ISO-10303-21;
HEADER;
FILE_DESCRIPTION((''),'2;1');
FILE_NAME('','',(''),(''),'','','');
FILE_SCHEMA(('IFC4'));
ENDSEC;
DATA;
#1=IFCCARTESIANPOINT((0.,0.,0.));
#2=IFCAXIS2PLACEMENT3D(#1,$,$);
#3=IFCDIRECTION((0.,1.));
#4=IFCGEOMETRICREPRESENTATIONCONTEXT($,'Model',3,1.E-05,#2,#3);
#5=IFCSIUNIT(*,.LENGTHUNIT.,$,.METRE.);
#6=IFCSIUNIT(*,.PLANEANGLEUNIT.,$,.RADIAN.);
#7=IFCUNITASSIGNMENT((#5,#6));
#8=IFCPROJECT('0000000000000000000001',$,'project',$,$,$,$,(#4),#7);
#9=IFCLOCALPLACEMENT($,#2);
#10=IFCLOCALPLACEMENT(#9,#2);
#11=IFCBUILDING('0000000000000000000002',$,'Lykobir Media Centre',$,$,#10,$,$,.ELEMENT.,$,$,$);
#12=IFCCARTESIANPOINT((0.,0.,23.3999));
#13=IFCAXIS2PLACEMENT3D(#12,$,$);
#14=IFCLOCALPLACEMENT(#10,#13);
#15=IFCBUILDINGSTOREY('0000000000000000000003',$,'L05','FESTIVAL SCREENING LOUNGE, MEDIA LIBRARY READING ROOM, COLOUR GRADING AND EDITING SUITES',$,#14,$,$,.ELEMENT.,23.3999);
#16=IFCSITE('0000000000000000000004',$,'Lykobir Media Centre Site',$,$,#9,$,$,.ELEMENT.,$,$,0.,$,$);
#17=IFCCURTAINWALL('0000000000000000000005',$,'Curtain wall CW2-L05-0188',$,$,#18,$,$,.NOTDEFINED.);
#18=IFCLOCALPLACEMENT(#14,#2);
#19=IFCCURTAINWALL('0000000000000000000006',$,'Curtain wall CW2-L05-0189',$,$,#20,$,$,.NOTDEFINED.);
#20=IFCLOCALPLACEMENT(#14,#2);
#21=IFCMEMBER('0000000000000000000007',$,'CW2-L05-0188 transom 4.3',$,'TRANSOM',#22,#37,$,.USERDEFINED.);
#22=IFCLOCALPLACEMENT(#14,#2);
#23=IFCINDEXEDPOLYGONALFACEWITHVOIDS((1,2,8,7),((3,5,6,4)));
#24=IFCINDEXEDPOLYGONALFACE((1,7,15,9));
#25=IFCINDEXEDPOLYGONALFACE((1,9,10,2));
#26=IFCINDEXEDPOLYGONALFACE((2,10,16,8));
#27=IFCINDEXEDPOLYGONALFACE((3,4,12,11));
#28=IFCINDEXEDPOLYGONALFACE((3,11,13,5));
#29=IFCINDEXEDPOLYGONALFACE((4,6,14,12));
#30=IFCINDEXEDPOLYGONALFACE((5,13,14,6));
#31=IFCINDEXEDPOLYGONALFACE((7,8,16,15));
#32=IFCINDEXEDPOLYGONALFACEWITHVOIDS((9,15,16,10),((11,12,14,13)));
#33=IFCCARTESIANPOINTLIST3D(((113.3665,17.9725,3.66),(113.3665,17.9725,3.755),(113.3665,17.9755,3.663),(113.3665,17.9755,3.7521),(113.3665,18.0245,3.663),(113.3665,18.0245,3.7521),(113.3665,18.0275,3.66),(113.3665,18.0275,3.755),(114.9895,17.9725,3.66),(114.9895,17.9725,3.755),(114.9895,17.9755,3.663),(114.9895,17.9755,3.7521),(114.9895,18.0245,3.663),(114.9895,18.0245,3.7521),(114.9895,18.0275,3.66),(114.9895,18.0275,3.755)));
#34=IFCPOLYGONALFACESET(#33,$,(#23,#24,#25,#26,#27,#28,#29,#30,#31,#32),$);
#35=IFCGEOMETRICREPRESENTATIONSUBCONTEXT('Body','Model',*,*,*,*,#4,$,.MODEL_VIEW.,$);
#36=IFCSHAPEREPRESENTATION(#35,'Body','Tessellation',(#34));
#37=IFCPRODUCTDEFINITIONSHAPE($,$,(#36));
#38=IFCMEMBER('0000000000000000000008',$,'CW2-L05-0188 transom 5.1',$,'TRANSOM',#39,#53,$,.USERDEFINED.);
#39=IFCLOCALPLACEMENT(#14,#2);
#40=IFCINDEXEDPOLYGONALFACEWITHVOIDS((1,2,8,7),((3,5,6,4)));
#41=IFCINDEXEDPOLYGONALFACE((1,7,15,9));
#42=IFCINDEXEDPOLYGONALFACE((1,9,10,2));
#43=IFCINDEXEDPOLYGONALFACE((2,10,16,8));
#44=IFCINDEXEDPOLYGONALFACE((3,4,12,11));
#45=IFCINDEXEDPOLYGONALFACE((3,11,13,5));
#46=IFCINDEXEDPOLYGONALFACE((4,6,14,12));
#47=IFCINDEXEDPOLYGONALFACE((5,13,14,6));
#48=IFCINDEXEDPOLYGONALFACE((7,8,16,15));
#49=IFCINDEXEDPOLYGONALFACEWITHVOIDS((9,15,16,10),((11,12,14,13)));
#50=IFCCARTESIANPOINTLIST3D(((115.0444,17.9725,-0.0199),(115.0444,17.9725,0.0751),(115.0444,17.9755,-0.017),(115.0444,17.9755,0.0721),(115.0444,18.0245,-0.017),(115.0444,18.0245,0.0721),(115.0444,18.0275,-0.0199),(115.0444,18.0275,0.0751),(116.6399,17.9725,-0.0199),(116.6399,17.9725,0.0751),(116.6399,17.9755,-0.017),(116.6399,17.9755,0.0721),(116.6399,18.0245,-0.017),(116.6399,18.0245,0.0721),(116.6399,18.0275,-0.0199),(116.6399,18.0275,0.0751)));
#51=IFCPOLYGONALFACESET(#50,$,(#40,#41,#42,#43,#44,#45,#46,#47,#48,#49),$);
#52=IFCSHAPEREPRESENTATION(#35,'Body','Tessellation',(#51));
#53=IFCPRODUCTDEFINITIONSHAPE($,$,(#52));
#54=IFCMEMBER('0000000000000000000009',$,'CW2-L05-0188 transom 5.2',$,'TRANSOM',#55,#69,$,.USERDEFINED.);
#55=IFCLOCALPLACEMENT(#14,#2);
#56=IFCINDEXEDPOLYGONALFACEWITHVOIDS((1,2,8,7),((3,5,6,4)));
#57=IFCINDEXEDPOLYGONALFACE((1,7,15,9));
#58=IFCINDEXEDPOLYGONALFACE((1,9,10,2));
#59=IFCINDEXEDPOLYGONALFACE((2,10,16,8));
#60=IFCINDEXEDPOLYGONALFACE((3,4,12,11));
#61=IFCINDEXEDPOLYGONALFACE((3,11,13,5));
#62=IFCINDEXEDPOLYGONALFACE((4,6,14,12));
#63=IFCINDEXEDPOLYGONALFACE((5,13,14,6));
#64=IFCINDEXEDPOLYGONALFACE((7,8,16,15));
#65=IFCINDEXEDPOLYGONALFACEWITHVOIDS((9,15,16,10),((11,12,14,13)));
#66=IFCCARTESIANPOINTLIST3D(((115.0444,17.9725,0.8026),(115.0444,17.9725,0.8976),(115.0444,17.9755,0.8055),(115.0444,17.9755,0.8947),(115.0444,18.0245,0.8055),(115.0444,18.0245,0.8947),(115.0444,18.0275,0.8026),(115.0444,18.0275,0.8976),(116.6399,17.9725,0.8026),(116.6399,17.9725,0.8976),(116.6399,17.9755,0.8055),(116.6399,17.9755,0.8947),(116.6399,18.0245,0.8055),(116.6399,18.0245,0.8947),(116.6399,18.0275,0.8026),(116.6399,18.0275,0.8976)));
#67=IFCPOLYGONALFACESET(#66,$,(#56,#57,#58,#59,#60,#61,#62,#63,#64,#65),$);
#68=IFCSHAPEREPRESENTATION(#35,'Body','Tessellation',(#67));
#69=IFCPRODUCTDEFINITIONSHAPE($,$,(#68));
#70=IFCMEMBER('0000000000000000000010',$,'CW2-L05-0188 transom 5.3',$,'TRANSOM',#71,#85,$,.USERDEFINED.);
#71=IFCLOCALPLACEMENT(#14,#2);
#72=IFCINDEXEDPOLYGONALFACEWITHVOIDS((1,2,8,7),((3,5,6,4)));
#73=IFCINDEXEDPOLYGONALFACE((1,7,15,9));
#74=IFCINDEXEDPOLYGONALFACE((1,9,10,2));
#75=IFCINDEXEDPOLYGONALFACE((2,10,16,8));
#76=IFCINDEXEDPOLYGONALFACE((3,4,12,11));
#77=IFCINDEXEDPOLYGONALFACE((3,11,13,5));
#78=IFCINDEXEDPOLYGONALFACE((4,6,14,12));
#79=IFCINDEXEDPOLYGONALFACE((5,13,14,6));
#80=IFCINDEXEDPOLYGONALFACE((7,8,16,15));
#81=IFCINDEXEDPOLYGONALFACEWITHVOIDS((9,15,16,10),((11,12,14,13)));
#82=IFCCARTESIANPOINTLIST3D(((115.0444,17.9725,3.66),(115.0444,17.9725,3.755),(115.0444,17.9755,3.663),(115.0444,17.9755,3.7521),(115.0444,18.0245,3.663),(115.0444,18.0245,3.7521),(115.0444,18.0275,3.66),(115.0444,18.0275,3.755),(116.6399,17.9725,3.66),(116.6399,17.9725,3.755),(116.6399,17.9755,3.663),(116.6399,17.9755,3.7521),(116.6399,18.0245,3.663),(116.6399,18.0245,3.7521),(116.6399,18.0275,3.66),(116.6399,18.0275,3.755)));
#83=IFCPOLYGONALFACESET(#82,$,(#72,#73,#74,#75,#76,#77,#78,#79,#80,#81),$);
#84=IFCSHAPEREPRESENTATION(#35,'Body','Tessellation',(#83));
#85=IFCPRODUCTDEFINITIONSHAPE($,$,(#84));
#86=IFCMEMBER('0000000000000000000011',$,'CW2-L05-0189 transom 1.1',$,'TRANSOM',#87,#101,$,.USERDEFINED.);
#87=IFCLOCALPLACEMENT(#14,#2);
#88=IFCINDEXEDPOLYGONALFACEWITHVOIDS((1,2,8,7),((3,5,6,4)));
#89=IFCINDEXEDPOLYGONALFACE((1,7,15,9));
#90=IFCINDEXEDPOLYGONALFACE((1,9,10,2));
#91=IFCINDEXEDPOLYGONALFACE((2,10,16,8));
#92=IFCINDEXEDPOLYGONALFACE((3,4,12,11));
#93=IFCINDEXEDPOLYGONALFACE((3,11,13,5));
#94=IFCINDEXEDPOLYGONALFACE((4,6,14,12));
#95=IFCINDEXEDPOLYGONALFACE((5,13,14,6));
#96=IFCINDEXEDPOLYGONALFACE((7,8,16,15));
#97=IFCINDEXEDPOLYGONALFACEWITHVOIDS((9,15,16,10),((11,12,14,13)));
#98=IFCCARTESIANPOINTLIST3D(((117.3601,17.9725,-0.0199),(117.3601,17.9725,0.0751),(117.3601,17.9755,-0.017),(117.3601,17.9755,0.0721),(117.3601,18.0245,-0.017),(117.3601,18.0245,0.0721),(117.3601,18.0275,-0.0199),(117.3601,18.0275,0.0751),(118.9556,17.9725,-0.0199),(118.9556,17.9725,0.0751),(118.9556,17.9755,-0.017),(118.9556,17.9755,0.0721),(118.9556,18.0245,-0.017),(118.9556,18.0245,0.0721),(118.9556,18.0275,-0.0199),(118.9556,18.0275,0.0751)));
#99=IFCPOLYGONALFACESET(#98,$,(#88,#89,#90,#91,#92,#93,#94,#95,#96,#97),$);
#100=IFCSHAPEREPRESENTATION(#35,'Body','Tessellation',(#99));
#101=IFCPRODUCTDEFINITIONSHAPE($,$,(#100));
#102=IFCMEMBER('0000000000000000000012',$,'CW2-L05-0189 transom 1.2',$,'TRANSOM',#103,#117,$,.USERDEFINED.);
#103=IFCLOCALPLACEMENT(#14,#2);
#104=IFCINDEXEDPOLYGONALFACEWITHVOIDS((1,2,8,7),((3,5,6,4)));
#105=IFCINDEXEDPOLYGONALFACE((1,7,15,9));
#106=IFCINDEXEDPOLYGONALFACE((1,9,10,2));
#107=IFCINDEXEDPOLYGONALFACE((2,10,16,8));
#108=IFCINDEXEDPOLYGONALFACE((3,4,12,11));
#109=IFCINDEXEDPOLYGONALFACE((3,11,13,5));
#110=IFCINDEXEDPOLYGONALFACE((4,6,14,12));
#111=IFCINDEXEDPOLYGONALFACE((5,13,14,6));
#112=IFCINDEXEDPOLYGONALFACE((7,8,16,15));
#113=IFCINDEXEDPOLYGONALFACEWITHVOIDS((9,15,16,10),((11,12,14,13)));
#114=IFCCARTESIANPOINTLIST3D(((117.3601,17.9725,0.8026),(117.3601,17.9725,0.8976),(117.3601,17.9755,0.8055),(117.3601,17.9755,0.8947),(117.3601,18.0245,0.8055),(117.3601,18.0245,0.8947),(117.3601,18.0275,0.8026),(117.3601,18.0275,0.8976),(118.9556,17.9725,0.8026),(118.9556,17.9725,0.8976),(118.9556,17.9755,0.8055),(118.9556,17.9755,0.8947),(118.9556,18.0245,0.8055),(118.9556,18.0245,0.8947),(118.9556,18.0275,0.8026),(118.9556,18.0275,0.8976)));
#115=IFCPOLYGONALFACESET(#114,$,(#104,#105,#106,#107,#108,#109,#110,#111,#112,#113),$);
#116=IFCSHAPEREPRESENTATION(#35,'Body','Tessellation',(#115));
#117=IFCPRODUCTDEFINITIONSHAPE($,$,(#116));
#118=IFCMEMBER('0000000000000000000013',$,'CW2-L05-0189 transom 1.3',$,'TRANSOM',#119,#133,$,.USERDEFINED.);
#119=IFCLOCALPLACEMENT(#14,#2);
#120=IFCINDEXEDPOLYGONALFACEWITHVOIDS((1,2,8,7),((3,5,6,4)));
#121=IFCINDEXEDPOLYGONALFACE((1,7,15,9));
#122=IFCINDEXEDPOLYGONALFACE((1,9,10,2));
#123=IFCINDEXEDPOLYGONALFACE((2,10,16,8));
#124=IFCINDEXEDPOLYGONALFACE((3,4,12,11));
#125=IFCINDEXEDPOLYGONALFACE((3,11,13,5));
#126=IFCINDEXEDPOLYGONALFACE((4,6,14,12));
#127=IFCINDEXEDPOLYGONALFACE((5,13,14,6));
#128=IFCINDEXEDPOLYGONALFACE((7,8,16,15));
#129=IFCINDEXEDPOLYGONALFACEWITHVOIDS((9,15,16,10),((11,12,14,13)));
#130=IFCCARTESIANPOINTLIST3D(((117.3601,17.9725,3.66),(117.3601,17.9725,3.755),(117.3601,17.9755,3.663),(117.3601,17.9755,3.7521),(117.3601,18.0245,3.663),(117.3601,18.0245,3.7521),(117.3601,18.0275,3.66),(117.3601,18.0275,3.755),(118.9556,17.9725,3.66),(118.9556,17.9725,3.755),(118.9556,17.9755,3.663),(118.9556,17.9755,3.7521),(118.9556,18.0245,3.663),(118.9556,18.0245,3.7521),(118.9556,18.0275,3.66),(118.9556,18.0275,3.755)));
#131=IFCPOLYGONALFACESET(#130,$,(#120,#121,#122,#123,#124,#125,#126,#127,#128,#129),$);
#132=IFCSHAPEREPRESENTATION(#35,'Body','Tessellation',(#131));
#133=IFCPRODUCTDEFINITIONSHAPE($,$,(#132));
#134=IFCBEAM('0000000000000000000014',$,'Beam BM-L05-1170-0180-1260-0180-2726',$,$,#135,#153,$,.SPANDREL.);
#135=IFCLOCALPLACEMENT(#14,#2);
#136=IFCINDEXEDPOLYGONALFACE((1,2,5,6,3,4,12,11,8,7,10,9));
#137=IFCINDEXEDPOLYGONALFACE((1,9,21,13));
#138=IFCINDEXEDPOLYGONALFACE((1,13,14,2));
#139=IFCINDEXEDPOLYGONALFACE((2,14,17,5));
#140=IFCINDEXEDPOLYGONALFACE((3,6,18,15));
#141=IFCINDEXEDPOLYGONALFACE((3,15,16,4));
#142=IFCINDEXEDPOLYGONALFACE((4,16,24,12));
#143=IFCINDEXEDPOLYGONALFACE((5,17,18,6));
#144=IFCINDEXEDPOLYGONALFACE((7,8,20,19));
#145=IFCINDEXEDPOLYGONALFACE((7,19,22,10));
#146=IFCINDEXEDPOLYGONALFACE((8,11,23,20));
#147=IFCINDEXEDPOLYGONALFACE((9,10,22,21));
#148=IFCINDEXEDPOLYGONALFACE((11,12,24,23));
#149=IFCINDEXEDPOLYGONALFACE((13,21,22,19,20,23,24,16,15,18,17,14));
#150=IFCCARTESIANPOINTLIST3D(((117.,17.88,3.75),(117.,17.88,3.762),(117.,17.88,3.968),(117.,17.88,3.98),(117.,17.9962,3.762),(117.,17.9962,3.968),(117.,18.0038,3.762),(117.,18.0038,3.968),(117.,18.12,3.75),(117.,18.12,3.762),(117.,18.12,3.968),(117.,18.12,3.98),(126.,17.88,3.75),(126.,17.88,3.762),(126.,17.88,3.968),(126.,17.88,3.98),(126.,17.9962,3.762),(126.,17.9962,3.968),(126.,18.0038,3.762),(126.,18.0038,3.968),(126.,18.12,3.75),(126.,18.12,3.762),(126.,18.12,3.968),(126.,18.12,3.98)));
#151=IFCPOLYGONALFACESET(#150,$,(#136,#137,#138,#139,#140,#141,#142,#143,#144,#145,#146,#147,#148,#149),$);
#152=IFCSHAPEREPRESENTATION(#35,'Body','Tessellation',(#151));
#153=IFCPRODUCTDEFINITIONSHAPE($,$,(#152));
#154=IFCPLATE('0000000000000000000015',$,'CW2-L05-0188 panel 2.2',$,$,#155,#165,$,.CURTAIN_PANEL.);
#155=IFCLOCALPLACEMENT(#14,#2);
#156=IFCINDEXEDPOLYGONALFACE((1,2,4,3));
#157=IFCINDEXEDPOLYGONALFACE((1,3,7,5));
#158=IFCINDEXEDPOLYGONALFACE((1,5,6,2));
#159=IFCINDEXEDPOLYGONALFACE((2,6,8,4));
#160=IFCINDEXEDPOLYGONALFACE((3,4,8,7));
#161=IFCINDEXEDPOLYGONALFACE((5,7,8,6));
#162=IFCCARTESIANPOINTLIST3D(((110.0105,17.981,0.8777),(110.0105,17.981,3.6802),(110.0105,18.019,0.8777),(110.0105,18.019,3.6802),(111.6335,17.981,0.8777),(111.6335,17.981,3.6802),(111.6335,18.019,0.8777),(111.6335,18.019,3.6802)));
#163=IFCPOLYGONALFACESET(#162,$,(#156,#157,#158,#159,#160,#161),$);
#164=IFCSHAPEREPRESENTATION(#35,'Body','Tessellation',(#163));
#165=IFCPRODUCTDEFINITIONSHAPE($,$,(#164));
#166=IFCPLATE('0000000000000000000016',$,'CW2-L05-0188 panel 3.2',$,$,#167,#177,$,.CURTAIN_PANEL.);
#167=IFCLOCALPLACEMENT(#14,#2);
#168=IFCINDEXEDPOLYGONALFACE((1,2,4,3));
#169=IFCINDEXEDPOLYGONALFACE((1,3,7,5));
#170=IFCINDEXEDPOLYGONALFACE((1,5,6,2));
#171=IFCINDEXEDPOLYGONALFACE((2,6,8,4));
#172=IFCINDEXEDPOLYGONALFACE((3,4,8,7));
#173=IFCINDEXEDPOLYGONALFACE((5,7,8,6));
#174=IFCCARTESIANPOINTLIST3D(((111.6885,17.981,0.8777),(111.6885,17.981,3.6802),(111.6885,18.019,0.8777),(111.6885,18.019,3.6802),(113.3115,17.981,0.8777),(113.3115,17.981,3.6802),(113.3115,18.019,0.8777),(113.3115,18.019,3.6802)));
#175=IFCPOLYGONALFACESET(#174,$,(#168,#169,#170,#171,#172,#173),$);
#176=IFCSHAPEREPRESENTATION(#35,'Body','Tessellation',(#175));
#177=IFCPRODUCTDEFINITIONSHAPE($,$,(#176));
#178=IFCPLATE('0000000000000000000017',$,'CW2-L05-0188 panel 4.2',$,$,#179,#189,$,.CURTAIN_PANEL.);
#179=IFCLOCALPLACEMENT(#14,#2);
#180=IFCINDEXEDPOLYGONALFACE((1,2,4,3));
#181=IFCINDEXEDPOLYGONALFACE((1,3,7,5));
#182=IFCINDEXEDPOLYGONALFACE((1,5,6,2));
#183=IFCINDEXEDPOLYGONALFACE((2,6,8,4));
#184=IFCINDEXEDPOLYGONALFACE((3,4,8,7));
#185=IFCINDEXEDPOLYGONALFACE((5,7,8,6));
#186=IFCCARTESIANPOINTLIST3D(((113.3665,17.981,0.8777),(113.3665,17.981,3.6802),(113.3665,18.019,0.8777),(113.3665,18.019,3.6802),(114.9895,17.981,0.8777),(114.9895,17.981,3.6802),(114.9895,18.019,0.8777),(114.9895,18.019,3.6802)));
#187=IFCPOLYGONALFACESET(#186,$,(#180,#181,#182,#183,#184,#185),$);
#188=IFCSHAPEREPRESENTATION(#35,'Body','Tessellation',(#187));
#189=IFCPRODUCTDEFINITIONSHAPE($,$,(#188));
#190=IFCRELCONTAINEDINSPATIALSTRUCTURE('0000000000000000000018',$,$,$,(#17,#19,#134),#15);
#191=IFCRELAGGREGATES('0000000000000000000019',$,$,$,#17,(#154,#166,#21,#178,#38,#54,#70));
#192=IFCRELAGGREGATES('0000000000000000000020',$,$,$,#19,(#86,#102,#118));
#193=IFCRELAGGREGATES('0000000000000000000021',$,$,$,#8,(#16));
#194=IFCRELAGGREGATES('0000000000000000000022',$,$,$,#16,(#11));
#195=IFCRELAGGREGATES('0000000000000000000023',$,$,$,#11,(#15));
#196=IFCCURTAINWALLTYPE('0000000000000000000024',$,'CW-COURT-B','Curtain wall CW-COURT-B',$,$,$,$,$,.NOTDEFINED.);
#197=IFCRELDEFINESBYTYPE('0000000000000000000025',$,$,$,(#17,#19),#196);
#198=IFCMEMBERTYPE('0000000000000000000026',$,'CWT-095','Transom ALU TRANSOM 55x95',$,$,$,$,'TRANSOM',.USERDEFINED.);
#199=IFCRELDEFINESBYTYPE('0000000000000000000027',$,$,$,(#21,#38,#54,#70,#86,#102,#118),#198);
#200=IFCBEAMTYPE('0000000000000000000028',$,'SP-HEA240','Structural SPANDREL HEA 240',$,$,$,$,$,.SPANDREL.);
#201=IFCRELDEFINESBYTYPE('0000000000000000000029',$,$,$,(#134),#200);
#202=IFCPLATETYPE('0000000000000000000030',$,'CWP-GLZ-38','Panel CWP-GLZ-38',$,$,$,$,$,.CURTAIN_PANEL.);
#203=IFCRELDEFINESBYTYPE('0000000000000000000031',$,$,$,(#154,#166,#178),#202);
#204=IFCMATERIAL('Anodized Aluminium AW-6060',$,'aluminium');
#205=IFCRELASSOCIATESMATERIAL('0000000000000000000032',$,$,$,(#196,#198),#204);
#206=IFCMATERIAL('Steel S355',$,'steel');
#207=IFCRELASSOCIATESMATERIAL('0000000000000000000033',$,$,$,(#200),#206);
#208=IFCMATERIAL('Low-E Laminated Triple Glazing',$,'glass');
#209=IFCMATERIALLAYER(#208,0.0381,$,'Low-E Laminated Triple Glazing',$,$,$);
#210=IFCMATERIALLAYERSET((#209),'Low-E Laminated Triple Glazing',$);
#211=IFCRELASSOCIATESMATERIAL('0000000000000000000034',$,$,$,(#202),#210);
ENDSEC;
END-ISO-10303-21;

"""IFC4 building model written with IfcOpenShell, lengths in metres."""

from ifc_helpers import new_model, si_unit, direction, frame, origin, origin_2d, place, context, subcontext, project, spatial, rectangle, hollow_rectangle, i_section, extrude, material, layer, layer_set, material_profile, profile_set, type_object, element, aggregate, save


model = new_model("IFC4")

# Units and contexts
model_context = context("Model", 3, precision=1e-05, world=origin(), true_north=direction((0.0, 1.0)))
body_context = subcontext(model_context, "Body", "Model", "MODEL_VIEW")
ifc_project = project(units=[si_unit("LENGTHUNIT", "METRE"), si_unit("PLANEANGLEUNIT", "RADIAN")], contexts=[model_context])

# Site, building, storey
site_placement = place(None, origin())
site = spatial("IfcSite", under=ifc_project, at=site_placement, Name="Lykobir Media Centre Site", CompositionType="ELEMENT", RefElevation=0.0)
building_placement = place(site_placement, origin())
building = spatial("IfcBuilding", under=site, at=building_placement, Name="Lykobir Media Centre", CompositionType="ELEMENT")
storey_placement = place(building_placement, frame((0.0, 0.0, 23.3999)))
storey = spatial("IfcBuildingStorey", under=building, at=storey_placement, Name="L05", Description="FESTIVAL SCREENING LOUNGE, MEDIA LIBRARY READING ROOM, COLOUR GRADING AND EDITING SUITES", CompositionType="ELEMENT", Elevation=23.3999)

# Curtain wall
ifc_material_1 = material(Name="Anodized Aluminium AW-6060", Category="aluminium")
curtain_wall_type = type_object("IfcCurtainWallType", Name="CW-COURT-B", Description="Curtain wall CW-COURT-B", PredefinedType="NOTDEFINED", material=ifc_material_1)
curtain_wall_1_placement = place(storey_placement, origin())
curtain_wall_1 = element("IfcCurtainWall", 1, at=curtain_wall_1_placement, inside=storey, type_object=curtain_wall_type, Name="Curtain wall CW2-L05-0188", PredefinedType="NOTDEFINED")

# Curtain wall
curtain_wall_2_placement = place(storey_placement, origin())
curtain_wall_2 = element("IfcCurtainWall", 2, at=curtain_wall_2_placement, inside=storey, type_object=curtain_wall_type, Name="Curtain wall CW2-L05-0189", PredefinedType="NOTDEFINED")

# Members
ifc_material_profile_1 = material_profile(ifc_material_1, hollow_rectangle(XDim=0.0549, YDim=0.095, WallThickness=0.0029, at=origin_2d()), Name="ALU TRANSOM 55x95")
ifc_profile_set_1 = profile_set([ifc_material_profile_1], Name="Anodized Aluminium AW-6060")
member_type_1 = type_object("IfcMemberType", Name="CWT-095", Description="Transom ALU TRANSOM 55x95", ElementType="TRANSOM", PredefinedType="USERDEFINED", material=ifc_profile_set_1)
member_1_placement = place(storey_placement, frame((113.3665, 18.0, 3.7075), z_axis=(1.0, 0.0, 0.0), x_axis=(0.0, 1.0, 0.0)))
member_1 = element("IfcMember", 3, at=member_1_placement, type_object=member_type_1, Name="CW2-L05-0188 transom 4.3", ObjectType="TRANSOM", PredefinedType="USERDEFINED", context=body_context, shape_type="SweptSolid", body=[
    extrude(hollow_rectangle(XDim=0.0549, YDim=0.095, WallThickness=0.0029, at=origin_2d()), origin(), (0.0, 0.0, 1.0), 1.623),
])
member_2_placement = place(storey_placement, frame((115.0444, 18.0, 0.0276), z_axis=(1.0, 0.0, 0.0), x_axis=(0.0, 1.0, 0.0)))
member_2 = element("IfcMember", 4, at=member_2_placement, type_object=member_type_1, Name="CW2-L05-0188 transom 5.1", ObjectType="TRANSOM", PredefinedType="USERDEFINED", context=body_context, shape_type="SweptSolid", body=[
    extrude(hollow_rectangle(XDim=0.0549, YDim=0.095, WallThickness=0.0029, at=origin_2d()), origin(), (0.0, 0.0, 1.0), 1.5955),
])
member_3_placement = place(storey_placement, frame((115.0444, 18.0, 0.8501), z_axis=(1.0, 0.0, 0.0), x_axis=(0.0, 1.0, 0.0)))
member_3 = element("IfcMember", 5, at=member_3_placement, type_object=member_type_1, Name="CW2-L05-0188 transom 5.2", ObjectType="TRANSOM", PredefinedType="USERDEFINED", context=body_context, shape_type="SweptSolid", body=[
    extrude(hollow_rectangle(XDim=0.0549, YDim=0.095, WallThickness=0.0029, at=origin_2d()), origin(), (0.0, 0.0, 1.0), 1.5955),
])
member_4_placement = place(storey_placement, frame((115.0444, 18.0, 3.7075), z_axis=(1.0, 0.0, 0.0), x_axis=(0.0, 1.0, 0.0)))
member_4 = element("IfcMember", 6, at=member_4_placement, type_object=member_type_1, Name="CW2-L05-0188 transom 5.3", ObjectType="TRANSOM", PredefinedType="USERDEFINED", context=body_context, shape_type="SweptSolid", body=[
    extrude(hollow_rectangle(XDim=0.0549, YDim=0.095, WallThickness=0.0029, at=origin_2d()), origin(), (0.0, 0.0, 1.0), 1.5955),
])
member_5_placement = place(storey_placement, frame((117.3601, 18.0, 0.0276), z_axis=(1.0, 0.0, 0.0), x_axis=(0.0, 1.0, 0.0)))
member_5 = element("IfcMember", 7, at=member_5_placement, type_object=member_type_1, Name="CW2-L05-0189 transom 1.1", ObjectType="TRANSOM", PredefinedType="USERDEFINED", context=body_context, shape_type="SweptSolid", body=[
    extrude(hollow_rectangle(XDim=0.0549, YDim=0.095, WallThickness=0.0029, at=origin_2d()), origin(), (0.0, 0.0, 1.0), 1.5955),
])
member_6_placement = place(storey_placement, frame((117.3601, 18.0, 0.8501), z_axis=(1.0, 0.0, 0.0), x_axis=(0.0, 1.0, 0.0)))
member_6 = element("IfcMember", 8, at=member_6_placement, type_object=member_type_1, Name="CW2-L05-0189 transom 1.2", ObjectType="TRANSOM", PredefinedType="USERDEFINED", context=body_context, shape_type="SweptSolid", body=[
    extrude(hollow_rectangle(XDim=0.0549, YDim=0.095, WallThickness=0.0029, at=origin_2d()), origin(), (0.0, 0.0, 1.0), 1.5955),
])
member_7_placement = place(storey_placement, frame((117.3601, 18.0, 3.7075), z_axis=(1.0, 0.0, 0.0), x_axis=(0.0, 1.0, 0.0)))
member_7 = element("IfcMember", 9, at=member_7_placement, type_object=member_type_1, Name="CW2-L05-0189 transom 1.3", ObjectType="TRANSOM", PredefinedType="USERDEFINED", context=body_context, shape_type="SweptSolid", body=[
    extrude(hollow_rectangle(XDim=0.0549, YDim=0.095, WallThickness=0.0029, at=origin_2d()), origin(), (0.0, 0.0, 1.0), 1.5955),
])

# Beam
ifc_material_2 = material(Name="Steel S355", Category="steel")
ifc_material_profile_2 = material_profile(ifc_material_2, i_section(OverallWidth=0.24, OverallDepth=0.23, WebThickness=0.0076, FlangeThickness=0.012, at=origin_2d()), Name="HEA 240")
ifc_profile_set_2 = profile_set([ifc_material_profile_2], Name="Steel S355")
beam_type = type_object("IfcBeamType", Name="SP-HEA240", Description="Structural SPANDREL HEA 240", PredefinedType="SPANDREL", material=ifc_profile_set_2)
beam_placement = place(storey_placement, frame((117.0, 18.0, 3.865), z_axis=(1.0, 0.0, 0.0), x_axis=(0.0, 1.0, 0.0)))
element("IfcBeam", 10, at=beam_placement, inside=storey, type_object=beam_type, Name="Beam BM-L05-1170-0180-1260-0180-2726", PredefinedType="SPANDREL", context=body_context, shape_type="SweptSolid", body=[
    extrude(i_section(OverallWidth=0.24, OverallDepth=0.23, WebThickness=0.0076, FlangeThickness=0.012, at=origin_2d()), origin(), (0.0, 0.0, 1.0), 9.0),
])

# Plates
ifc_material_3 = material(Name="Low-E Laminated Triple Glazing", Category="glass")
ifc_layer_1 = layer(ifc_material_3, 0.0381, Name="Low-E Laminated Triple Glazing")
ifc_layer_set_1 = layer_set([ifc_layer_1], Name="Low-E Laminated Triple Glazing")
plate_type_1 = type_object("IfcPlateType", Name="CWP-GLZ-38", Description="Panel CWP-GLZ-38", PredefinedType="CURTAIN_PANEL", material=ifc_layer_set_1)
plate_1_placement = place(storey_placement, frame((110.822, 18.0, 0.8777), z_axis=(0.0, 0.0, 1.0), x_axis=(1.0, 0.0, 0.0)))
plate_1 = element("IfcPlate", 11, at=plate_1_placement, type_object=plate_type_1, Name="CW2-L05-0188 panel 2.2", PredefinedType="CURTAIN_PANEL", context=body_context, shape_type="SweptSolid", body=[
    extrude(rectangle(XDim=1.623, YDim=0.0381, at=origin_2d()), origin(), (0.0, 0.0, 1.0), 2.8025),
])
plate_2_placement = place(storey_placement, frame((112.5, 18.0, 0.8777), z_axis=(0.0, 0.0, 1.0), x_axis=(1.0, 0.0, 0.0)))
plate_2 = element("IfcPlate", 12, at=plate_2_placement, type_object=plate_type_1, Name="CW2-L05-0188 panel 3.2", PredefinedType="CURTAIN_PANEL", context=body_context, shape_type="SweptSolid", body=[
    extrude(rectangle(XDim=1.623, YDim=0.0381, at=origin_2d()), origin(), (0.0, 0.0, 1.0), 2.8025),
])
plate_3_placement = place(storey_placement, frame((114.178, 18.0, 0.8777), z_axis=(0.0, 0.0, 1.0), x_axis=(1.0, 0.0, 0.0)))
plate_3 = element("IfcPlate", 13, at=plate_3_placement, type_object=plate_type_1, Name="CW2-L05-0188 panel 4.2", PredefinedType="CURTAIN_PANEL", context=body_context, shape_type="SweptSolid", body=[
    extrude(rectangle(XDim=1.623, YDim=0.0381, at=origin_2d()), origin(), (0.0, 0.0, 1.0), 2.8025),
])
aggregate(curtain_wall_1, [plate_1, plate_2, member_1, plate_3, member_2, member_3, member_4])
aggregate(curtain_wall_2, [member_5, member_6, member_7])

save(model, "model.ifc")
